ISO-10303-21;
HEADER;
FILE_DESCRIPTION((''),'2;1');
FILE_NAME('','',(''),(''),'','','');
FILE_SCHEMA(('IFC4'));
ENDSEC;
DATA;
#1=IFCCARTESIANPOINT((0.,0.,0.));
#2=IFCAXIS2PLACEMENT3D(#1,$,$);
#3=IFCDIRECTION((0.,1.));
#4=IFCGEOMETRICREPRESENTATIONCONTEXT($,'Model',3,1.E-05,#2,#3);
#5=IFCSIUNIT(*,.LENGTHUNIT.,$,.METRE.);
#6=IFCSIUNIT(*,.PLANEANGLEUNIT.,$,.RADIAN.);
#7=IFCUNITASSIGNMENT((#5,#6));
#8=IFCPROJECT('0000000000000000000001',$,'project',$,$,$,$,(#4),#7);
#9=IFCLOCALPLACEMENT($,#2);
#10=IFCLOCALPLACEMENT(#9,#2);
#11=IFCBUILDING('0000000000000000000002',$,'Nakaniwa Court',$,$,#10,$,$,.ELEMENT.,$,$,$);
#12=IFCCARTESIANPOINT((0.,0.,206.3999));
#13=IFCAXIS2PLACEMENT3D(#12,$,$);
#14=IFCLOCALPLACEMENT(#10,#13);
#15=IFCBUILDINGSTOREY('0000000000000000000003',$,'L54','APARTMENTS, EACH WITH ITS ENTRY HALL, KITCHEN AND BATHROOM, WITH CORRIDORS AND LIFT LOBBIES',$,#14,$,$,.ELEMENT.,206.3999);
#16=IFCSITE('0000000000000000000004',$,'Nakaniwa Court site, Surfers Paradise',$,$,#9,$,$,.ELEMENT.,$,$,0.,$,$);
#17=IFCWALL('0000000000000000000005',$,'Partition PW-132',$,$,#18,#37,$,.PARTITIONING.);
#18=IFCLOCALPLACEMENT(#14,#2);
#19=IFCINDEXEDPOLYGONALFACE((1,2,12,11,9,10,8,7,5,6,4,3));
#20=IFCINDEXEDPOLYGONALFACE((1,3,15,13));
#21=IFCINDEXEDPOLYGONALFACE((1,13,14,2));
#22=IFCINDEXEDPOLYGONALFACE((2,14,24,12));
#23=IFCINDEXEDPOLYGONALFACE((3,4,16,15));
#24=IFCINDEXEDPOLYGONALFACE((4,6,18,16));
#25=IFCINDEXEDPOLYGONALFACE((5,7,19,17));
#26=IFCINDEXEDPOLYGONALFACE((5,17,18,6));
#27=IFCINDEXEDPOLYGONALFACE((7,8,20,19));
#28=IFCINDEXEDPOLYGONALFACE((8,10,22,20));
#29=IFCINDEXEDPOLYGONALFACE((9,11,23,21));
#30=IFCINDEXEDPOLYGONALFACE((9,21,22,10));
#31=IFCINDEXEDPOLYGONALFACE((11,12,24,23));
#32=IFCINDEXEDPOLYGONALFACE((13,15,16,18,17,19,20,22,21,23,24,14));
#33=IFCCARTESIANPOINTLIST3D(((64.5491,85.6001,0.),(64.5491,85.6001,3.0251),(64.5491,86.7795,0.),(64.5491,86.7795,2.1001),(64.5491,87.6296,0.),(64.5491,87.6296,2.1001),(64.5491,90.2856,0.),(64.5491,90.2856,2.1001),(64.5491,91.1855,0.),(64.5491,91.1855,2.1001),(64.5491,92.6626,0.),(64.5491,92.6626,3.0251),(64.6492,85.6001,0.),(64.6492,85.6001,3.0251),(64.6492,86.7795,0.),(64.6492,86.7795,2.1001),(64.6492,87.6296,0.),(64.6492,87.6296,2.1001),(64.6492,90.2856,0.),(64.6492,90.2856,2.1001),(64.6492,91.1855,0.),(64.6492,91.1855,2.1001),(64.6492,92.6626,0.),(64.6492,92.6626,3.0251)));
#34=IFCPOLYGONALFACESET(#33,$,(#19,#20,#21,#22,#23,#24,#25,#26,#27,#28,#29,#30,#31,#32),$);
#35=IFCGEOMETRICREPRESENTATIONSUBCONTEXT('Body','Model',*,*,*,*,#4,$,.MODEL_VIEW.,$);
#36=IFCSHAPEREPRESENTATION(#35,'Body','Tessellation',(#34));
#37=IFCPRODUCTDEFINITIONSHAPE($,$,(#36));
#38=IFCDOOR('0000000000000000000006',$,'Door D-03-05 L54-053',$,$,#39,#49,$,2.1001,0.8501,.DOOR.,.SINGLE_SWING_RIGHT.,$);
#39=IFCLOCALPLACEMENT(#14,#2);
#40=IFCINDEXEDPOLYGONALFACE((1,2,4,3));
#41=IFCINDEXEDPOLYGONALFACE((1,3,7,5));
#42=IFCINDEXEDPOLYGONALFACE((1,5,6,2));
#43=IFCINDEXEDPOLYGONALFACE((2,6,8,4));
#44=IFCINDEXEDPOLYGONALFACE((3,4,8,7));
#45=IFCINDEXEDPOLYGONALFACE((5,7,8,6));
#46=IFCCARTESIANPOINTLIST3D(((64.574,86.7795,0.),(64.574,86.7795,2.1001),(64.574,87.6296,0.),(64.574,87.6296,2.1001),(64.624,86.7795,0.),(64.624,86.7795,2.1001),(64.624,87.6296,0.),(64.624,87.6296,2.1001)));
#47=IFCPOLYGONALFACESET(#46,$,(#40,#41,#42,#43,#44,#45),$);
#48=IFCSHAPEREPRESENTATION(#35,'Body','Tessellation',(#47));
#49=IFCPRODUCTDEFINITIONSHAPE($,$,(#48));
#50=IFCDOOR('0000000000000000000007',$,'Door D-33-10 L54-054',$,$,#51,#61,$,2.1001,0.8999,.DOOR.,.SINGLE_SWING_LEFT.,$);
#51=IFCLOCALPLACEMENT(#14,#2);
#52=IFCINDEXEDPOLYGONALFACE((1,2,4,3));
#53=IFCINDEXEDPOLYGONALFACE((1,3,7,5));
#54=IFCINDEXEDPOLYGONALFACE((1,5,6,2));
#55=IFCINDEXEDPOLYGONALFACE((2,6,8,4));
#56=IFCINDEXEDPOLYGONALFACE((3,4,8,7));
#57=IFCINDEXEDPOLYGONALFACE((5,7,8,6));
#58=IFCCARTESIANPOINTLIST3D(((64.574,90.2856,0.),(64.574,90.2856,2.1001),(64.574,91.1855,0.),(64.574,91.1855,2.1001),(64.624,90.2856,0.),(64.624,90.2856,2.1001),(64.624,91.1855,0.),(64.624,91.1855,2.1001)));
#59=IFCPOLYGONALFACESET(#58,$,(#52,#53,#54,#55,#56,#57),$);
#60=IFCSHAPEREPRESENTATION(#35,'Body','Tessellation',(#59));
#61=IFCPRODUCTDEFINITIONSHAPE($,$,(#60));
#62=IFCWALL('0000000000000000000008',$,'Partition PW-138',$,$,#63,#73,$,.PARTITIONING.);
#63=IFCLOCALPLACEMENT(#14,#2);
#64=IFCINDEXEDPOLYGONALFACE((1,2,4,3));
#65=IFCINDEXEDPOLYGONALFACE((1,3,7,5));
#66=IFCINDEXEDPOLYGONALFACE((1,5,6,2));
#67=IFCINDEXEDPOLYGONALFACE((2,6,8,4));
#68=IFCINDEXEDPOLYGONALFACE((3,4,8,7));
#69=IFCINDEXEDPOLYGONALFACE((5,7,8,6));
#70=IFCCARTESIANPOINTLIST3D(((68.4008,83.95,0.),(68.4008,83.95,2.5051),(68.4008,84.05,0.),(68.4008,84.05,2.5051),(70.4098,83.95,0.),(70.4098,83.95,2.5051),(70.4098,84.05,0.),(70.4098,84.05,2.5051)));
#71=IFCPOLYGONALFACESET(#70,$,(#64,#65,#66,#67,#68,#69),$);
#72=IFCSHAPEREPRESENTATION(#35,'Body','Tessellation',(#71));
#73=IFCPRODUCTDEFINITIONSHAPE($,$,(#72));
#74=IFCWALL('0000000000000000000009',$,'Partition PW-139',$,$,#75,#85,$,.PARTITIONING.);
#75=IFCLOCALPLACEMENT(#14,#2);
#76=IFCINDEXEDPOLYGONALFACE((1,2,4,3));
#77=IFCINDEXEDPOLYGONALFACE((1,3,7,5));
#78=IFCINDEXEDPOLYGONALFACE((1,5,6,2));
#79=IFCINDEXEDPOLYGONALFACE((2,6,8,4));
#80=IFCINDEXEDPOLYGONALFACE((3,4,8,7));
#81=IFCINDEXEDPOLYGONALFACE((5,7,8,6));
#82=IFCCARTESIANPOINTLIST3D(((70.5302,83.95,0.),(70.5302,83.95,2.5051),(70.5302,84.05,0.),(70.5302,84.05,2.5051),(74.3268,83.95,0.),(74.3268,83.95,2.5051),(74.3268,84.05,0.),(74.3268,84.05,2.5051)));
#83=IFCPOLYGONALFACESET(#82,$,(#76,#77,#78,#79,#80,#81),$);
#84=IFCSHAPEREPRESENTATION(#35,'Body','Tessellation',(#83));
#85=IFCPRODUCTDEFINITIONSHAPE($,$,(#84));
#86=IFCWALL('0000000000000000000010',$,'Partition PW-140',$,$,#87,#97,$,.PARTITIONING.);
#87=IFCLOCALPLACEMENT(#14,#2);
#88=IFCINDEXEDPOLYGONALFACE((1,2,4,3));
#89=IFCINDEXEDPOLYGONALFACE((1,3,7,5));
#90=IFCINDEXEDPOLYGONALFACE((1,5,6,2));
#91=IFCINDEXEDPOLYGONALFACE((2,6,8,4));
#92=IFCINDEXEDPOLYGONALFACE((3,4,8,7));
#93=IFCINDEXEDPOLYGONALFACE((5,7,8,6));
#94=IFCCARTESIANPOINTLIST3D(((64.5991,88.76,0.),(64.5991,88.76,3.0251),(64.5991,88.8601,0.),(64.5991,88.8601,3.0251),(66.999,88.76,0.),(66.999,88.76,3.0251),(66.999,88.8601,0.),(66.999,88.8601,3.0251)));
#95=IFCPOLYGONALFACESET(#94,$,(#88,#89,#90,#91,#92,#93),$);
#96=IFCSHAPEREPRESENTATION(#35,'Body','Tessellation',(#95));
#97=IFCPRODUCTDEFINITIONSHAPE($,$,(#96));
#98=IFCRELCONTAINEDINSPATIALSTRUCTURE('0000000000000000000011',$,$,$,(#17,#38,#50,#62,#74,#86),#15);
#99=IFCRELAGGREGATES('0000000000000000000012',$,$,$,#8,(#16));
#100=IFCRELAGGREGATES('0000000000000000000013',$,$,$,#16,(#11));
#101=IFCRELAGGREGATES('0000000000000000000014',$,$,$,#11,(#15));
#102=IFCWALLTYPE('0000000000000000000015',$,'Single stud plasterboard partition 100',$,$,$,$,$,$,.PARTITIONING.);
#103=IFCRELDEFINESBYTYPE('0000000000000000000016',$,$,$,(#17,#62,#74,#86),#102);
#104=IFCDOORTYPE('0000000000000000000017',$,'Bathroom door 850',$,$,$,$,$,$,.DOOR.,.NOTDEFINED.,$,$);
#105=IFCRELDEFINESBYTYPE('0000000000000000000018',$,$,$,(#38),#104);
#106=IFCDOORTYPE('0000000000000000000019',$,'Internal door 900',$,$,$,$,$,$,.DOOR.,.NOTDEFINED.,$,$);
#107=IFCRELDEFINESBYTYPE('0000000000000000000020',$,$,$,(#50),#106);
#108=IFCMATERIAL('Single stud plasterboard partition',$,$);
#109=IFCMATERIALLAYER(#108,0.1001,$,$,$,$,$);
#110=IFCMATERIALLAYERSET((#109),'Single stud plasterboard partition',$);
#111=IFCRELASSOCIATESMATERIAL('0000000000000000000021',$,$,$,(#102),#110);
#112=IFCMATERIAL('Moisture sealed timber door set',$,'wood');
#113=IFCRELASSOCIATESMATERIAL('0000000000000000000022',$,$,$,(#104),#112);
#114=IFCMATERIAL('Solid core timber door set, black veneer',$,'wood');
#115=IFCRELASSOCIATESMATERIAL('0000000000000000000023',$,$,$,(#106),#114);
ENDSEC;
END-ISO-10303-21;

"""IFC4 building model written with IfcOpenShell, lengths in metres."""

from ifc_helpers import new_model, si_unit, direction, frame, frame_2d, origin, place, context, subcontext, project, spatial, rectangle, extrude, material, layer, layer_set, type_object, element, fill, save


model = new_model("IFC4")

# Units and contexts
model_context = context("Model", 3, precision=1e-05, world=origin(), true_north=direction((0.0, 1.0)))
body_context = subcontext(model_context, "Body", "Model", "MODEL_VIEW")
ifc_project = project(units=[si_unit("LENGTHUNIT", "METRE"), si_unit("PLANEANGLEUNIT", "RADIAN")], contexts=[model_context])

# Site, building, storey
site_placement = place(None, origin())
site = spatial("IfcSite", under=ifc_project, at=site_placement, Name="Nakaniwa Court site, Surfers Paradise", CompositionType="ELEMENT", RefElevation=0.0)
building_placement = place(site_placement, origin())
building = spatial("IfcBuilding", under=site, at=building_placement, Name="Nakaniwa Court", CompositionType="ELEMENT")
storey_placement = place(building_placement, frame((0.0, 0.0, 206.3999)))
storey = spatial("IfcBuildingStorey", under=building, at=storey_placement, Name="L54", Description="APARTMENTS, EACH WITH ITS ENTRY HALL, KITCHEN AND BATHROOM, WITH CORRIDORS AND LIFT LOBBIES", CompositionType="ELEMENT", Elevation=206.3999)

# Wall, openings, doors
ifc_material_1 = material(Name="Single stud plasterboard partition")
ifc_layer_1 = layer(ifc_material_1, 0.1001)
ifc_layer_set_1 = layer_set([ifc_layer_1], Name="Single stud plasterboard partition")
wall_type_1 = type_object("IfcWallType", Name="Single stud plasterboard partition 100", PredefinedType="PARTITIONING", material=ifc_layer_set_1)
wall_1_placement = place(storey_placement, frame((64.5991, 92.6626, 0.0), z_axis=(0.0, 0.0, 1.0), x_axis=(0.0, -1.0, 0.0)))
wall_1 = element("IfcWall", 1, at=wall_1_placement, inside=storey, type_object=wall_type_1, Name="Partition PW-132", PredefinedType="PARTITIONING", context=body_context, shape_type="SweptSolid", body=[
    extrude(rectangle(XDim=7.0625, YDim=0.1001, at=frame_2d((3.5312, 0.0))), origin(), (0.0, 0.0, 1.0), 3.0251),
])
opening_1_placement = place(wall_1_placement, frame((5.033, 0.0, 0.0)))
opening_1 = element("IfcOpeningElement", 2, at=opening_1_placement, cuts=wall_1, PredefinedType="OPENING", context=body_context, shape_type="SweptSolid", body=[
    extrude(rectangle(XDim=0.8501, YDim=2.1001, at=frame_2d((0.425, 1.05))), frame((0.0, 0.0601, 0.0), z_axis=(0.0, -1.0, 0.0), x_axis=(1.0, 0.0, 0.0)), (0.0, 0.0, 1.0), 0.1201),
])
opening_2_placement = place(wall_1_placement, frame((1.4771, 0.0, 0.0)))
opening_2 = element("IfcOpeningElement", 3, at=opening_2_placement, cuts=wall_1, PredefinedType="OPENING", context=body_context, shape_type="SweptSolid", body=[
    extrude(rectangle(XDim=0.8999, YDim=2.1001, at=frame_2d((0.45, 1.05))), frame((0.0, 0.0601, 0.0), z_axis=(0.0, -1.0, 0.0), x_axis=(1.0, 0.0, 0.0)), (0.0, 0.0, 1.0), 0.1201),
])
ifc_material_2 = material(Name="Moisture sealed timber door set", Category="wood")
door_type_1 = type_object("IfcDoorType", Name="Bathroom door 850", OperationType="NOTDEFINED", PredefinedType="DOOR", material=ifc_material_2)
door_1_placement = place(opening_1_placement, origin())
door_1 = element("IfcDoor", 4, at=door_1_placement, inside=storey, type_object=door_type_1, Name="Door D-03-05 L54-053", OperationType="SINGLE_SWING_RIGHT", OverallHeight=2.1001, OverallWidth=0.8501, PredefinedType="DOOR", context=body_context, shape_type="SweptSolid", body=[
    extrude(rectangle(XDim=0.8501, YDim=2.1001, at=frame_2d((0.425, 1.05))), frame((0.0, 0.0249, 0.0), z_axis=(0.0, -1.0, 0.0), x_axis=(1.0, 0.0, 0.0)), (0.0, 0.0, 1.0), 0.05),
])
fill(opening_1, door_1)
ifc_material_3 = material(Name="Solid core timber door set, black veneer", Category="wood")
door_type_2 = type_object("IfcDoorType", Name="Internal door 900", OperationType="NOTDEFINED", PredefinedType="DOOR", material=ifc_material_3)
door_2_placement = place(opening_2_placement, origin())
door_2 = element("IfcDoor", 5, at=door_2_placement, inside=storey, type_object=door_type_2, Name="Door D-33-10 L54-054", OperationType="SINGLE_SWING_LEFT", OverallHeight=2.1001, OverallWidth=0.8999, PredefinedType="DOOR", context=body_context, shape_type="SweptSolid", body=[
    extrude(rectangle(XDim=0.8999, YDim=2.1001, at=frame_2d((0.45, 1.05))), frame((0.0, 0.0249, 0.0), z_axis=(0.0, -1.0, 0.0), x_axis=(1.0, 0.0, 0.0)), (0.0, 0.0, 1.0), 0.05),
])
fill(opening_2, door_2)

# Walls
wall_2_placement = place(storey_placement, frame((68.4009, 84.0, 0.0), z_axis=(0.0, 0.0, 1.0), x_axis=(1.0, 0.0, 0.0)))
element("IfcWall", 6, at=wall_2_placement, inside=storey, type_object=wall_type_1, Name="Partition PW-138", PredefinedType="PARTITIONING", context=body_context, shape_type="SweptSolid", body=[
    extrude(rectangle(XDim=2.009, YDim=0.1001, at=frame_2d((1.0044, 0.0))), origin(), (0.0, 0.0, 1.0), 2.5051),
])
wall_3_placement = place(storey_placement, frame((70.53, 84.0, 0.0), z_axis=(0.0, 0.0, 1.0), x_axis=(1.0, 0.0, 0.0)))
element("IfcWall", 7, at=wall_3_placement, inside=storey, type_object=wall_type_1, Name="Partition PW-139", PredefinedType="PARTITIONING", context=body_context, shape_type="SweptSolid", body=[
    extrude(rectangle(XDim=3.7966, YDim=0.1001, at=frame_2d((1.8984, 0.0))), origin(), (0.0, 0.0, 1.0), 2.5051),
])
wall_4_placement = place(storey_placement, frame((64.5991, 88.8101, 0.0), z_axis=(0.0, 0.0, 1.0), x_axis=(1.0, 0.0, 0.0)))
element("IfcWall", 8, at=wall_4_placement, inside=storey, type_object=wall_type_1, Name="Partition PW-140", PredefinedType="PARTITIONING", context=body_context, shape_type="SweptSolid", body=[
    extrude(rectangle(XDim=2.3999, YDim=0.1001, at=frame_2d((1.2, 0.0))), origin(), (0.0, 0.0, 1.0), 3.0251),
])

save(model, "model.ifc")
